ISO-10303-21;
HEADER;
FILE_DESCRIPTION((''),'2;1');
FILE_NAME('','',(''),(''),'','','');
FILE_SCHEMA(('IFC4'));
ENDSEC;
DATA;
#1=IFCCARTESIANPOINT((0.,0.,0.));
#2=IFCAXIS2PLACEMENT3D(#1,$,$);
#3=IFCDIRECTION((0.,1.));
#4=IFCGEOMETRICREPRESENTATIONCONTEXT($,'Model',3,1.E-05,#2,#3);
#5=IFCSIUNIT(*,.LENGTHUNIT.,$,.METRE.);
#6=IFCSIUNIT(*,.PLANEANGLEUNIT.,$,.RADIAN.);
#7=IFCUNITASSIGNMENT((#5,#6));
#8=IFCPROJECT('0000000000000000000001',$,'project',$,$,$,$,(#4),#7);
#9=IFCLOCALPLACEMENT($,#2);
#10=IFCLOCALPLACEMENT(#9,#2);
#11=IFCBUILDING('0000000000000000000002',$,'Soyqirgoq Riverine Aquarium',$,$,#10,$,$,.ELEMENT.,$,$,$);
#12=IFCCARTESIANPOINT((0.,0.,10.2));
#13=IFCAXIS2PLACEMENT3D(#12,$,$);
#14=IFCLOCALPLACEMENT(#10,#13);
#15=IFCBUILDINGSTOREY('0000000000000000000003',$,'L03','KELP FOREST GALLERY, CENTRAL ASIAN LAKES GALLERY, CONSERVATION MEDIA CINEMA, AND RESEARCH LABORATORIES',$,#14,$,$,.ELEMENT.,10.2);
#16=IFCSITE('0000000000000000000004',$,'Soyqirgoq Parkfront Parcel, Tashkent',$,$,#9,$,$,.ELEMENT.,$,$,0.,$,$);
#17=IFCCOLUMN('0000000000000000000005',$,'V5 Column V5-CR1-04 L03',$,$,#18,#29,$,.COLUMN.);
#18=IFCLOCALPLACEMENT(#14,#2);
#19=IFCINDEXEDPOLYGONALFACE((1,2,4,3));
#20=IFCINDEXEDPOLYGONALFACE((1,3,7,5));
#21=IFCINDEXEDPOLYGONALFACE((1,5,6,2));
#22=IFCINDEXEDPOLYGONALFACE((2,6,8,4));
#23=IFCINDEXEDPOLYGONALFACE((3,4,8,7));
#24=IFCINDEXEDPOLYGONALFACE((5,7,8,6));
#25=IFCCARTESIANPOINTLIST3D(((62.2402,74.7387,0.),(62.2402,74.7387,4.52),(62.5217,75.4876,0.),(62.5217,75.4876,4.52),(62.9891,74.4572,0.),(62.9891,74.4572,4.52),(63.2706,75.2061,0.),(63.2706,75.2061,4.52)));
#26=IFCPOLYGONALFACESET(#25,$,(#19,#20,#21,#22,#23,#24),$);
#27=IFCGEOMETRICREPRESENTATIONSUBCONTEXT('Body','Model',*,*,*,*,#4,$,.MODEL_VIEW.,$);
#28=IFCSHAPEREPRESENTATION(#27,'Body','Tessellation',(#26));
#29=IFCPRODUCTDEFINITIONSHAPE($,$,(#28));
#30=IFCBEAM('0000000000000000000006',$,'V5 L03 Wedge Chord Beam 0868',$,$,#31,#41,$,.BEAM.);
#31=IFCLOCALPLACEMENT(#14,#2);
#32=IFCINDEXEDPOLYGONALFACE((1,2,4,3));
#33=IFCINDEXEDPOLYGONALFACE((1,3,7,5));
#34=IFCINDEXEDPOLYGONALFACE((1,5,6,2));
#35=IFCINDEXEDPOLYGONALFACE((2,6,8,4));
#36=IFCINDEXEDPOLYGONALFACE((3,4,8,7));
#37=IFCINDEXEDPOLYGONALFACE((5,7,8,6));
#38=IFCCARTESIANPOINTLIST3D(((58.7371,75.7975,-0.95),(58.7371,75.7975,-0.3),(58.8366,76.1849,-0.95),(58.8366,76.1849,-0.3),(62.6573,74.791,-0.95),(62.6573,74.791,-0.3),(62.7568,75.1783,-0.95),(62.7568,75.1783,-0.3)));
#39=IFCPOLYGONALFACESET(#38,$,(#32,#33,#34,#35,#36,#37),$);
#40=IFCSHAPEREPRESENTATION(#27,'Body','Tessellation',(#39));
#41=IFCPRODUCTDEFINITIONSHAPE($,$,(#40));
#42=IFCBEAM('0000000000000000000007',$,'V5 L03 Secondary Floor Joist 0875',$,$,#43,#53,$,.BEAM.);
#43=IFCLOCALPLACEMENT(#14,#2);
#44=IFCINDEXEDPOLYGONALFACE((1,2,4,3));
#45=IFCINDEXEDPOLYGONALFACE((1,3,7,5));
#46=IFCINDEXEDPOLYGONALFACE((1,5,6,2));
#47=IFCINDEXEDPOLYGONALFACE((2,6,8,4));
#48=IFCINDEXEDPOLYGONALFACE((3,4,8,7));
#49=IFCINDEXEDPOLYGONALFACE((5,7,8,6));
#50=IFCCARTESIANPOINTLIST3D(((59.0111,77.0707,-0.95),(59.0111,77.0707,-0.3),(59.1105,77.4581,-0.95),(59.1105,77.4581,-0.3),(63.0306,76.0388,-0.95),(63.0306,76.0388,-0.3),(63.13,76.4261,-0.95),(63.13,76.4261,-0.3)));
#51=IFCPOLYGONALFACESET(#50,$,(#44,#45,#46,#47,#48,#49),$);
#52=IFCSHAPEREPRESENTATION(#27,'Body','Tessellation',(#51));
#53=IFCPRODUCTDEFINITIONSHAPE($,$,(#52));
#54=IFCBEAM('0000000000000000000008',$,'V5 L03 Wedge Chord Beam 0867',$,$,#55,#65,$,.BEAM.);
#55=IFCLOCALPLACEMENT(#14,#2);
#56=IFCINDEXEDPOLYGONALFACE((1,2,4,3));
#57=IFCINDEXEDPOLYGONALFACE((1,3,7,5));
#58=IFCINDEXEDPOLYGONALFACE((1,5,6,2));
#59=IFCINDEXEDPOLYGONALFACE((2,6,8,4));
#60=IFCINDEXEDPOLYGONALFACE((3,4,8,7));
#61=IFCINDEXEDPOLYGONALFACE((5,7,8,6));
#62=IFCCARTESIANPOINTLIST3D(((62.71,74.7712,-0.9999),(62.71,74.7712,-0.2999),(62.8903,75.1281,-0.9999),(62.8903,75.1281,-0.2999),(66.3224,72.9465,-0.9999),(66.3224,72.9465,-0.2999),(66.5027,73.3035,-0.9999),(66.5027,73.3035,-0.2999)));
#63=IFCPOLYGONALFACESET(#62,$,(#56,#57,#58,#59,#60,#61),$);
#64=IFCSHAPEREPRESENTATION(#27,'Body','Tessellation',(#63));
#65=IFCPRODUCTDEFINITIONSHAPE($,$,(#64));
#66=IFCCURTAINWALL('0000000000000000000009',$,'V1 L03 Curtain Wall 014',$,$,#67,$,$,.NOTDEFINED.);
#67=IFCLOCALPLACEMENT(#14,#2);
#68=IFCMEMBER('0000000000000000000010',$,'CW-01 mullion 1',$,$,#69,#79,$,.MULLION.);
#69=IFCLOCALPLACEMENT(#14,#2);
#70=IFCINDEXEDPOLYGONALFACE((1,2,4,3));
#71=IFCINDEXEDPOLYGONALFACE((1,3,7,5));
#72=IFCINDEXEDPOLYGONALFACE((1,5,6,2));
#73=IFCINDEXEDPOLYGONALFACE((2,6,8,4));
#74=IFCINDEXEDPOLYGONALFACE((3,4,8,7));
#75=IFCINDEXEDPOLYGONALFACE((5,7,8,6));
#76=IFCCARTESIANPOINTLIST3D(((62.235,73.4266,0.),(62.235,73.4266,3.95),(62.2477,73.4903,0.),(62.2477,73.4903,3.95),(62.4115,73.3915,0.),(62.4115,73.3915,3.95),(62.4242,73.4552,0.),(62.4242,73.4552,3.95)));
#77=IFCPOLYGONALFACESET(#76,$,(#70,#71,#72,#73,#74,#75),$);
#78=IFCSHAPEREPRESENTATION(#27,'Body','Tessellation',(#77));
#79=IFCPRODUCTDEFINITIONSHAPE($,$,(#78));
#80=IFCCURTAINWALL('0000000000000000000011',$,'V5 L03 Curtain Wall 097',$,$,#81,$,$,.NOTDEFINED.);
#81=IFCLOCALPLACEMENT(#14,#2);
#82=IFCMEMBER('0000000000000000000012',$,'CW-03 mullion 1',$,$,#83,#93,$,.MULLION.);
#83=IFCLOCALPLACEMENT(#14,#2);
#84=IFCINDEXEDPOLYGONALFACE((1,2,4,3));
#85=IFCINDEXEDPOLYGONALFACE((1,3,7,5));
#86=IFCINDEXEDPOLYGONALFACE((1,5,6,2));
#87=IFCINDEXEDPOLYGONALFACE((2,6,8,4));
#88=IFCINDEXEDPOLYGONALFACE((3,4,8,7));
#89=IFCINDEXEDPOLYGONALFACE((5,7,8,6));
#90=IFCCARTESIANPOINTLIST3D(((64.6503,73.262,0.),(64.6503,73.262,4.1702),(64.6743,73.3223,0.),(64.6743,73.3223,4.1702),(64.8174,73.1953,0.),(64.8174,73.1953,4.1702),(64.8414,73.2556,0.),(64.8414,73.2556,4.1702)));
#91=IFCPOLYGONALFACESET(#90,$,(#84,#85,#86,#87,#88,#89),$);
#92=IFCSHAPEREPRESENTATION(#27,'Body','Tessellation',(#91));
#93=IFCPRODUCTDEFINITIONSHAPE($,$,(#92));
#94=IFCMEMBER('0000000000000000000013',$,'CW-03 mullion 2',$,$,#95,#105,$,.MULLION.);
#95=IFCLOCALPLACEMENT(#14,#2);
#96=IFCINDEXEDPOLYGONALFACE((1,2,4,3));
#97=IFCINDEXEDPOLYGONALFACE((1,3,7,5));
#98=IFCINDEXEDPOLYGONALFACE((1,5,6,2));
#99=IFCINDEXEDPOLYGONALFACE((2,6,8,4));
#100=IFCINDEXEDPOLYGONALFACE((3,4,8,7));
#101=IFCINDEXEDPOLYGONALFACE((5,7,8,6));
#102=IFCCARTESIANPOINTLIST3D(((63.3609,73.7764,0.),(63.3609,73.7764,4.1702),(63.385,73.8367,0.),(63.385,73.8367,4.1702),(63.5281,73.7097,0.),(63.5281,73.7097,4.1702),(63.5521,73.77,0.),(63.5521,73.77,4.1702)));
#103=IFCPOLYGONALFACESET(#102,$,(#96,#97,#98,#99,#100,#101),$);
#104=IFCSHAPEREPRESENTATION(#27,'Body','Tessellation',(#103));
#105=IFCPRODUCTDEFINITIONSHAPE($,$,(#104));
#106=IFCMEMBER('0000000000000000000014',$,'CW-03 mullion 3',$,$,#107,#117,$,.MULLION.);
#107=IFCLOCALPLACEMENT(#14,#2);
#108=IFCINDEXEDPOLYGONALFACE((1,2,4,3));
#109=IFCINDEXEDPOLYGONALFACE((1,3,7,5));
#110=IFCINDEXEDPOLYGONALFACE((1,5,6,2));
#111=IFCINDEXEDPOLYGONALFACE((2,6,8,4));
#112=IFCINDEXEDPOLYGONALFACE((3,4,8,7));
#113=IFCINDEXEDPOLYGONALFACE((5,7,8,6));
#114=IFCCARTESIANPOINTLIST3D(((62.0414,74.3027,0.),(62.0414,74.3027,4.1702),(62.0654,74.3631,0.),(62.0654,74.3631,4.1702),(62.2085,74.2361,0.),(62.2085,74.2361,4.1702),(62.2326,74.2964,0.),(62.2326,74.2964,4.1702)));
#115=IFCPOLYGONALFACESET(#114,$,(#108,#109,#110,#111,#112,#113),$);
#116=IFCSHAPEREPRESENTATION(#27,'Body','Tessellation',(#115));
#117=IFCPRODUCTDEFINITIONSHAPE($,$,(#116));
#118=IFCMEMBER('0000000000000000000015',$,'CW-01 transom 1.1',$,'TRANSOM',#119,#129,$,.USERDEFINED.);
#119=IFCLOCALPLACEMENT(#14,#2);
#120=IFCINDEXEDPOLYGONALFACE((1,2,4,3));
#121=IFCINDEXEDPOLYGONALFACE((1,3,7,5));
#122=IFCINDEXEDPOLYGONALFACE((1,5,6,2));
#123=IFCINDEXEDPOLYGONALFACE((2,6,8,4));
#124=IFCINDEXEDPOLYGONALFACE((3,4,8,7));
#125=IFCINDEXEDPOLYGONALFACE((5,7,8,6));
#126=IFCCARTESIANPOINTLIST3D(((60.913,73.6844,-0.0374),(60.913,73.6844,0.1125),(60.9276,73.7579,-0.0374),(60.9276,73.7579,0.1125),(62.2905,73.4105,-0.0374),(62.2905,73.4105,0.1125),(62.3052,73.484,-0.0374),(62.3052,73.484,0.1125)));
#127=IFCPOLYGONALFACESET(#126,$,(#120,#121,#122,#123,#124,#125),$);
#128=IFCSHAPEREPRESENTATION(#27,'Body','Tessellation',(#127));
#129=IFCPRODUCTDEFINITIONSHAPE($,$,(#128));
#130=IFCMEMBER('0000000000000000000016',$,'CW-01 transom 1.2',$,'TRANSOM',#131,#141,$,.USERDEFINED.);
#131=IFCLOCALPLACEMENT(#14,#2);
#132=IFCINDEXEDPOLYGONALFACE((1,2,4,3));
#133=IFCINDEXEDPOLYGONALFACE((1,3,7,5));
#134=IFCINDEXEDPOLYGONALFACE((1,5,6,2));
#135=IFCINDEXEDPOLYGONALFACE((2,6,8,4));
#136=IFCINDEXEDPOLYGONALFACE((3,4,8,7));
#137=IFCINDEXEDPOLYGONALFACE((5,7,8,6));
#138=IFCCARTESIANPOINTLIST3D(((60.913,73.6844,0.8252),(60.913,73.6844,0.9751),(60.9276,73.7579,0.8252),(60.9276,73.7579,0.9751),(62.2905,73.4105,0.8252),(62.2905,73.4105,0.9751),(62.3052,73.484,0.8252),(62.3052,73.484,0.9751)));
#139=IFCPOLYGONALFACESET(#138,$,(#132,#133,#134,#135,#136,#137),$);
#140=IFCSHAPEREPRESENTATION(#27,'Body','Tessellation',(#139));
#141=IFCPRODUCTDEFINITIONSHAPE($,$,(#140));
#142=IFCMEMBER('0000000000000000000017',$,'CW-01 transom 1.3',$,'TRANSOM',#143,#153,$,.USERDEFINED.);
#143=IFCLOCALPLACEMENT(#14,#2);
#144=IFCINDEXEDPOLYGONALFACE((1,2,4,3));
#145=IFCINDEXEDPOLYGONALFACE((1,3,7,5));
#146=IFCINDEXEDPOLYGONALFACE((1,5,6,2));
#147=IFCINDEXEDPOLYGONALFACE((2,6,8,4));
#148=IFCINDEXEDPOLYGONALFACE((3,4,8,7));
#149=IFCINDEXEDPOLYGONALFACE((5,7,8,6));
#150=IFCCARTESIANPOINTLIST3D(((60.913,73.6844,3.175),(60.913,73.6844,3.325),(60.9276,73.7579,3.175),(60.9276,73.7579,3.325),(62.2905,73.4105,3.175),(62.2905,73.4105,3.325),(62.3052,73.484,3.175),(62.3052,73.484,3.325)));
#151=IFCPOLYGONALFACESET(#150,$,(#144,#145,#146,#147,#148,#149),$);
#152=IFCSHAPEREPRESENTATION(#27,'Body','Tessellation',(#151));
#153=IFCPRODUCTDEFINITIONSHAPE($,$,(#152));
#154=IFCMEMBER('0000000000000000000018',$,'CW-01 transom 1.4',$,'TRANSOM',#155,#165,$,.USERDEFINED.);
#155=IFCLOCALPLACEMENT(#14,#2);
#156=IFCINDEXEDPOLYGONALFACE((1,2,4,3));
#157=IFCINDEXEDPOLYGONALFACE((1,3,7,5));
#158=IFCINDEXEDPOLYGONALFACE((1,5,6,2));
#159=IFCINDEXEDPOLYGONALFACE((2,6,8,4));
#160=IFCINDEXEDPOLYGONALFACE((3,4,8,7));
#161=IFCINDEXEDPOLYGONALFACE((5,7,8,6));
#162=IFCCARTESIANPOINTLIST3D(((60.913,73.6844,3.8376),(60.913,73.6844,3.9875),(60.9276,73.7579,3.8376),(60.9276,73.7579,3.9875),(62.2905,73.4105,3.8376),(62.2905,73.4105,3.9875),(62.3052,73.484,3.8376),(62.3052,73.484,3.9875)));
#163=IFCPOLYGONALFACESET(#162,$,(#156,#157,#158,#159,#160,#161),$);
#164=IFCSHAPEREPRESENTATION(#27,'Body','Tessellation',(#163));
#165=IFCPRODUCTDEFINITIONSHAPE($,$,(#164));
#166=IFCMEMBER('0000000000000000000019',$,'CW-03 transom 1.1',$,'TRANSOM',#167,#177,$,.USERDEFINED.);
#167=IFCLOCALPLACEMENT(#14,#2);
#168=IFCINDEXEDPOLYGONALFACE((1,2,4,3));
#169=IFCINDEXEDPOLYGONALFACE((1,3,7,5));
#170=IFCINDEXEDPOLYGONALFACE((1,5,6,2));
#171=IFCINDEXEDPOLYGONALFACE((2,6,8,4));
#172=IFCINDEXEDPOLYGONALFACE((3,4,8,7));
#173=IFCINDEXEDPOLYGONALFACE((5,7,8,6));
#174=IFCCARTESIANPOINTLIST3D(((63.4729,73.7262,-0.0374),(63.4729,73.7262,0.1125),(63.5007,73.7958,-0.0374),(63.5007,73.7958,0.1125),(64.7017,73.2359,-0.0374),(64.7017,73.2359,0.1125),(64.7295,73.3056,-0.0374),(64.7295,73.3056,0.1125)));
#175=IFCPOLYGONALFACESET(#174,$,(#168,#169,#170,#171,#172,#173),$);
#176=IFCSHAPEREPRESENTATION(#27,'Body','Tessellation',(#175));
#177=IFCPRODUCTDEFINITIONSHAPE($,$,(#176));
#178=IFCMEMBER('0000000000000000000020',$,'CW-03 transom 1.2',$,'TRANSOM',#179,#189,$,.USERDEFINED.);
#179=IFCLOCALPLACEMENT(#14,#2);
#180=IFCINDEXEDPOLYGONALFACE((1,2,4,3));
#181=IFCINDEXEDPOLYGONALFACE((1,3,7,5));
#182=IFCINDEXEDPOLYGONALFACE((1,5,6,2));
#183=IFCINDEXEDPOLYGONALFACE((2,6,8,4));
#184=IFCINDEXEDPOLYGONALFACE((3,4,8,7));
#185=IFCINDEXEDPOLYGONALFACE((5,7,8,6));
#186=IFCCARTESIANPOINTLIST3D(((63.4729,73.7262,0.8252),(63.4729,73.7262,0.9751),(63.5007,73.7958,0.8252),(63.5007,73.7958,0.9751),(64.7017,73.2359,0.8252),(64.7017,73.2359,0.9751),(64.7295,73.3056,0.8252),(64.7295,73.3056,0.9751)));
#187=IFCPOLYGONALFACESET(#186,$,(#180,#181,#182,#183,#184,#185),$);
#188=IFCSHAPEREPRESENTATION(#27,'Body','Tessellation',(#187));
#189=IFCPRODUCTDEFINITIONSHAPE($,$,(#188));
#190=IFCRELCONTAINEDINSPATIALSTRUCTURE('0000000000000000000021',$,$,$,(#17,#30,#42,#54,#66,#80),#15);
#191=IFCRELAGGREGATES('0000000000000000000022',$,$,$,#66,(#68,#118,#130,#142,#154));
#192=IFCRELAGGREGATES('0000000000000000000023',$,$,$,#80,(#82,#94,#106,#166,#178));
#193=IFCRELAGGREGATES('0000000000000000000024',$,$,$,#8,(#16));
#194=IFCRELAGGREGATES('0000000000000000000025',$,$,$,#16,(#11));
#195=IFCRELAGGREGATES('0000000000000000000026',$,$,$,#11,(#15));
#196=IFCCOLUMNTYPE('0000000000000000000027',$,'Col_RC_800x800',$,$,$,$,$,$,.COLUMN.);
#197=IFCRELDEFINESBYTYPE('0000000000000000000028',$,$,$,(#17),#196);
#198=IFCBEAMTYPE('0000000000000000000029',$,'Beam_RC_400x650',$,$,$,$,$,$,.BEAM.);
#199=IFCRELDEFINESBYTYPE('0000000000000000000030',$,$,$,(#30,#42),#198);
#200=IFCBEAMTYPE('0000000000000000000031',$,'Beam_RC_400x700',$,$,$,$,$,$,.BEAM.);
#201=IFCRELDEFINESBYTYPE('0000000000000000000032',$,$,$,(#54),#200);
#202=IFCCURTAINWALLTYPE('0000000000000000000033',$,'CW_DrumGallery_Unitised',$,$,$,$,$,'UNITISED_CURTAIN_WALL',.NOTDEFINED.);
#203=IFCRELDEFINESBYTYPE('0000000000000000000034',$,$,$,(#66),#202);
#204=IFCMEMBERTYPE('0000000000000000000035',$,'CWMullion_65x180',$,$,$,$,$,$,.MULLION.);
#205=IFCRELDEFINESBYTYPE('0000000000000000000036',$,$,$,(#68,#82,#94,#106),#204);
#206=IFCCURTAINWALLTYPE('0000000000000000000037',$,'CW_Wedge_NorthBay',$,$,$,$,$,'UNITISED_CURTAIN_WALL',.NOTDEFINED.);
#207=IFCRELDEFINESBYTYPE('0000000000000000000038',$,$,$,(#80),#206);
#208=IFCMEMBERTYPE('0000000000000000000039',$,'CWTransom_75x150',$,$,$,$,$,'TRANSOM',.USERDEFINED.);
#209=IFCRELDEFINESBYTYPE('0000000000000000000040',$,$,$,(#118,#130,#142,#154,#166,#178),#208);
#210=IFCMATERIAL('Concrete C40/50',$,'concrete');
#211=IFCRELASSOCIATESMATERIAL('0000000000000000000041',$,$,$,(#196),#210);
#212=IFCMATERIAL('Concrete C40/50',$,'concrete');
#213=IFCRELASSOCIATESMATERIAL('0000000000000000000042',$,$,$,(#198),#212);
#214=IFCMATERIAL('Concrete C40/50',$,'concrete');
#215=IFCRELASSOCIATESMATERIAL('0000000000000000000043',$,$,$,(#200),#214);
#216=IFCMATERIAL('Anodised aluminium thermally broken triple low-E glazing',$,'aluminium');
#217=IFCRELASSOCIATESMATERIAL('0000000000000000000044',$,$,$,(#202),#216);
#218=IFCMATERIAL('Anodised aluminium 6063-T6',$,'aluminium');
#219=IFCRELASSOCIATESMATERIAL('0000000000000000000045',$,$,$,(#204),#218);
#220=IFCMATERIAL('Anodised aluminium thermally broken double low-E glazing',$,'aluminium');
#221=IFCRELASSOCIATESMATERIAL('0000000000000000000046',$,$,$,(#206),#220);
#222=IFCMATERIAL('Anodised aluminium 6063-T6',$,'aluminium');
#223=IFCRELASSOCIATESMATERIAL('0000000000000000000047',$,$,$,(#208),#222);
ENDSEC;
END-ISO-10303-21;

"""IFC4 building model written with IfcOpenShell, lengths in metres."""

from ifc_helpers import new_model, si_unit, direction, frame, origin, origin_2d, place, context, subcontext, project, spatial, rectangle, extrude, material, material_profile, profile_set, type_object, element, aggregate, save


model = new_model("IFC4")

# Units and contexts
model_context = context("Model", 3, precision=1e-05, world=origin(), true_north=direction((0.0, 1.0)))
body_context = subcontext(model_context, "Body", "Model", "MODEL_VIEW")
ifc_project = project(units=[si_unit("LENGTHUNIT", "METRE"), si_unit("PLANEANGLEUNIT", "RADIAN")], contexts=[model_context])

# Site, building, storey
site_placement = place(None, origin())
site = spatial("IfcSite", under=ifc_project, at=site_placement, Name="Soyqirgoq Parkfront Parcel, Tashkent", CompositionType="ELEMENT", RefElevation=0.0)
building_placement = place(site_placement, origin())
building = spatial("IfcBuilding", under=site, at=building_placement, Name="Soyqirgoq Riverine Aquarium", CompositionType="ELEMENT")
storey_placement = place(building_placement, frame((0.0, 0.0, 10.2)))
storey = spatial("IfcBuildingStorey", under=building, at=storey_placement, Name="L03", Description="KELP FOREST GALLERY, CENTRAL ASIAN LAKES GALLERY, CONSERVATION MEDIA CINEMA, AND RESEARCH LABORATORIES", CompositionType="ELEMENT", Elevation=10.2)

# Column
ifc_material_1 = material(Name="Concrete C40/50", Category="concrete")
ifc_material_profile_1 = material_profile(ifc_material_1, rectangle(XDim=0.8, YDim=0.8, at=origin_2d()), Name="RC 800x800")
ifc_profile_set_1 = profile_set([ifc_material_profile_1], Name="Concrete C40/50")
column_type_1 = type_object("IfcColumnType", Name="Col_RC_800x800", PredefinedType="COLUMN", material=ifc_profile_set_1)
column_1_placement = place(storey_placement, frame((62.7554, 74.9724, 0.0), z_axis=(0.0, 0.0, 1.0), x_axis=(0.351842, 0.93606, 0.0)))
element("IfcColumn", 1, at=column_1_placement, inside=storey, type_object=column_type_1, Name="V5 Column V5-CR1-04 L03", PredefinedType="COLUMN", context=body_context, shape_type="SweptSolid", body=[
    extrude(rectangle(XDim=0.8, YDim=0.8, at=origin_2d()), origin(), (0.0, 0.0, 1.0), 4.52),
])

# Beams
ifc_material_2 = material(Name="Concrete C40/50", Category="concrete")
ifc_material_profile_2 = material_profile(ifc_material_2, rectangle(XDim=0.3999, YDim=0.6499, at=origin_2d()), Name="RC 400x650")
ifc_profile_set_2 = profile_set([ifc_material_profile_2], Name="Concrete C40/50")
beam_type_1 = type_object("IfcBeamType", Name="Beam_RC_400x650", PredefinedType="BEAM", material=ifc_profile_set_2)
beam_1_placement = place(storey_placement, frame((62.707, 74.9846, -0.625), z_axis=(-0.968579, 0.248705, 0.0), x_axis=(-0.248705, -0.968579, 0.0)))
element("IfcBeam", 2, at=beam_1_placement, inside=storey, type_object=beam_type_1, Name="V5 L03 Wedge Chord Beam 0868", PredefinedType="BEAM", context=body_context, shape_type="SweptSolid", body=[
    extrude(rectangle(XDim=0.3999, YDim=0.6499, at=origin_2d()), origin(), (0.0, 0.0, 1.0), 4.0474),
])
beam_2_placement = place(storey_placement, frame((63.0803, 76.2324, -0.625), z_axis=(-0.968587, 0.248677, 0.0), x_axis=(-0.248677, -0.968587, 0.0)))
element("IfcBeam", 3, at=beam_2_placement, inside=storey, type_object=beam_type_1, Name="V5 L03 Secondary Floor Joist 0875", PredefinedType="BEAM", context=body_context, shape_type="SweptSolid", body=[
    extrude(rectangle(XDim=0.3999, YDim=0.6499, at=origin_2d()), origin(), (0.0, 0.0, 1.0), 4.1499),
])
ifc_material_3 = material(Name="Concrete C40/50", Category="concrete")
ifc_material_profile_3 = material_profile(ifc_material_3, rectangle(XDim=0.3999, YDim=0.7, at=origin_2d()), Name="RC 400x700")
ifc_profile_set_3 = profile_set([ifc_material_profile_3], Name="Concrete C40/50")
beam_type_2 = type_object("IfcBeamType", Name="Beam_RC_400x700", PredefinedType="BEAM", material=ifc_profile_set_3)
beam_3_placement = place(storey_placement, frame((66.4126, 73.125, -0.6499), z_axis=(-0.892598, 0.450853, 0.0), x_axis=(-0.450853, -0.892598, 0.0)))
element("IfcBeam", 4, at=beam_3_placement, inside=storey, type_object=beam_type_2, Name="V5 L03 Wedge Chord Beam 0867", PredefinedType="BEAM", context=body_context, shape_type="SweptSolid", body=[
    extrude(rectangle(XDim=0.3999, YDim=0.7, at=origin_2d()), origin(), (0.0, 0.0, 1.0), 4.0471),
])

# Curtain wall, member
ifc_material_4 = material(Name="Anodised aluminium thermally broken triple low-E glazing", Category="aluminium")
curtain_wall_type_1 = type_object("IfcCurtainWallType", Name="CW_DrumGallery_Unitised", ElementType="UNITISED_CURTAIN_WALL", PredefinedType="NOTDEFINED", material=ifc_material_4)
curtain_wall_1_placement = place(storey_placement, origin())
curtain_wall_1 = element("IfcCurtainWall", 5, at=curtain_wall_1_placement, inside=storey, type_object=curtain_wall_type_1, Name="V1 L03 Curtain Wall 014", PredefinedType="NOTDEFINED")
ifc_material_5 = material(Name="Anodised aluminium 6063-T6", Category="aluminium")
ifc_material_profile_4 = material_profile(ifc_material_5, rectangle(XDim=0.0649, YDim=0.1799, at=origin_2d()), Name="ALU-M 65x180")
ifc_profile_set_4 = profile_set([ifc_material_profile_4], Name="Anodised aluminium 6063-T6")
member_type_1 = type_object("IfcMemberType", Name="CWMullion_65x180", PredefinedType="MULLION", material=ifc_profile_set_4)
member_1_placement = place(storey_placement, frame((62.3296, 73.4409, 0.0), z_axis=(0.0, 0.0, 1.0), x_axis=(-0.195095, -0.980784, 0.0)))
member_1 = element("IfcMember", 6, at=member_1_placement, type_object=member_type_1, Name="CW-01 mullion 1", PredefinedType="MULLION", context=body_context, shape_type="SweptSolid", body=[
    extrude(rectangle(XDim=0.0649, YDim=0.1799, at=origin_2d()), origin(), (0.0, 0.0, 1.0), 3.95),
])

# Curtain wall, members
ifc_material_6 = material(Name="Anodised aluminium thermally broken double low-E glazing", Category="aluminium")
curtain_wall_type_2 = type_object("IfcCurtainWallType", Name="CW_Wedge_NorthBay", ElementType="UNITISED_CURTAIN_WALL", PredefinedType="NOTDEFINED", material=ifc_material_6)
curtain_wall_2_placement = place(storey_placement, origin())
curtain_wall_2 = element("IfcCurtainWall", 7, at=curtain_wall_2_placement, inside=storey, type_object=curtain_wall_type_2, Name="V5 L03 Curtain Wall 097", PredefinedType="NOTDEFINED")
member_2_placement = place(storey_placement, frame((64.7458, 73.2588, 0.0), z_axis=(0.0, 0.0, 1.0), x_axis=(-0.370569, -0.928805, 0.0)))
member_2 = element("IfcMember", 8, at=member_2_placement, type_object=member_type_1, Name="CW-03 mullion 1", PredefinedType="MULLION", context=body_context, shape_type="SweptSolid", body=[
    extrude(rectangle(XDim=0.0649, YDim=0.1799, at=origin_2d()), origin(), (0.0, 0.0, 1.0), 4.1702),
])
member_3_placement = place(storey_placement, frame((63.4565, 73.7732, 0.0), z_axis=(0.0, 0.0, 1.0), x_axis=(-0.370569, -0.928805, 0.0)))
member_3 = element("IfcMember", 9, at=member_3_placement, type_object=member_type_1, Name="CW-03 mullion 2", PredefinedType="MULLION", context=body_context, shape_type="SweptSolid", body=[
    extrude(rectangle(XDim=0.0649, YDim=0.1799, at=origin_2d()), origin(), (0.0, 0.0, 1.0), 4.1702),
])
member_4_placement = place(storey_placement, frame((62.137, 74.2996, 0.0), z_axis=(0.0, 0.0, 1.0), x_axis=(-0.370569, -0.928805, 0.0)))
member_4 = element("IfcMember", 10, at=member_4_placement, type_object=member_type_1, Name="CW-03 mullion 3", PredefinedType="MULLION", context=body_context, shape_type="SweptSolid", body=[
    extrude(rectangle(XDim=0.0649, YDim=0.1799, at=origin_2d()), origin(), (0.0, 0.0, 1.0), 4.1702),
])

# Members
ifc_material_7 = material(Name="Anodised aluminium 6063-T6", Category="aluminium")
ifc_material_profile_5 = material_profile(ifc_material_7, rectangle(XDim=0.075, YDim=0.1499, at=origin_2d()), Name="ALU-T 75x150")
ifc_profile_set_5 = profile_set([ifc_material_profile_5], Name="Anodised aluminium 6063-T6")
member_type_2 = type_object("IfcMemberType", Name="CWTransom_75x150", ElementType="TRANSOM", PredefinedType="USERDEFINED", material=ifc_profile_set_5)
member_5_placement = place(storey_placement, frame((62.2979, 73.4473, 0.0376), z_axis=(-0.980801, 0.195013, 0.0), x_axis=(-0.195013, -0.980801, 0.0)))
member_5 = element("IfcMember", 11, at=member_5_placement, type_object=member_type_2, Name="CW-01 transom 1.1", ObjectType="TRANSOM", PredefinedType="USERDEFINED", context=body_context, shape_type="SweptSolid", body=[
    extrude(rectangle(XDim=0.075, YDim=0.1499, at=origin_2d()), origin(), (0.0, 0.0, 1.0), 1.4045),
])
member_6_placement = place(storey_placement, frame((62.2979, 73.4473, 0.9001), z_axis=(-0.980801, 0.195013, 0.0), x_axis=(-0.195013, -0.980801, 0.0)))
member_6 = element("IfcMember", 12, at=member_6_placement, type_object=member_type_2, Name="CW-01 transom 1.2", ObjectType="TRANSOM", PredefinedType="USERDEFINED", context=body_context, shape_type="SweptSolid", body=[
    extrude(rectangle(XDim=0.075, YDim=0.1499, at=origin_2d()), origin(), (0.0, 0.0, 1.0), 1.4045),
])
member_7_placement = place(storey_placement, frame((62.2979, 73.4473, 3.25), z_axis=(-0.980801, 0.195013, 0.0), x_axis=(-0.195013, -0.980801, 0.0)))
member_7 = element("IfcMember", 13, at=member_7_placement, type_object=member_type_2, Name="CW-01 transom 1.3", ObjectType="TRANSOM", PredefinedType="USERDEFINED", context=body_context, shape_type="SweptSolid", body=[
    extrude(rectangle(XDim=0.075, YDim=0.1499, at=origin_2d()), origin(), (0.0, 0.0, 1.0), 1.4045),
])
member_8_placement = place(storey_placement, frame((62.2979, 73.4473, 3.9126), z_axis=(-0.980801, 0.195013, 0.0), x_axis=(-0.195013, -0.980801, 0.0)))
member_8 = element("IfcMember", 14, at=member_8_placement, type_object=member_type_2, Name="CW-01 transom 1.4", ObjectType="TRANSOM", PredefinedType="USERDEFINED", context=body_context, shape_type="SweptSolid", body=[
    extrude(rectangle(XDim=0.075, YDim=0.1499, at=origin_2d()), origin(), (0.0, 0.0, 1.0), 1.4045),
])
member_9_placement = place(storey_placement, frame((64.7156, 73.2708, 0.0376), z_axis=(-0.928807, 0.370563, 0.0), x_axis=(-0.370563, -0.928807, 0.0)))
member_9 = element("IfcMember", 15, at=member_9_placement, type_object=member_type_2, Name="CW-03 transom 1.1", ObjectType="TRANSOM", PredefinedType="USERDEFINED", context=body_context, shape_type="SweptSolid", body=[
    extrude(rectangle(XDim=0.075, YDim=0.1499, at=origin_2d()), origin(), (0.0, 0.0, 1.0), 1.323),
])
member_10_placement = place(storey_placement, frame((64.7156, 73.2708, 0.9001), z_axis=(-0.928807, 0.370563, 0.0), x_axis=(-0.370563, -0.928807, 0.0)))
member_10 = element("IfcMember", 16, at=member_10_placement, type_object=member_type_2, Name="CW-03 transom 1.2", ObjectType="TRANSOM", PredefinedType="USERDEFINED", context=body_context, shape_type="SweptSolid", body=[
    extrude(rectangle(XDim=0.075, YDim=0.1499, at=origin_2d()), origin(), (0.0, 0.0, 1.0), 1.323),
])

aggregate(curtain_wall_1, [member_1, member_5, member_6, member_7, member_8])
aggregate(curtain_wall_2, [member_2, member_3, member_4, member_9, member_10])

save(model, "model.ifc")
